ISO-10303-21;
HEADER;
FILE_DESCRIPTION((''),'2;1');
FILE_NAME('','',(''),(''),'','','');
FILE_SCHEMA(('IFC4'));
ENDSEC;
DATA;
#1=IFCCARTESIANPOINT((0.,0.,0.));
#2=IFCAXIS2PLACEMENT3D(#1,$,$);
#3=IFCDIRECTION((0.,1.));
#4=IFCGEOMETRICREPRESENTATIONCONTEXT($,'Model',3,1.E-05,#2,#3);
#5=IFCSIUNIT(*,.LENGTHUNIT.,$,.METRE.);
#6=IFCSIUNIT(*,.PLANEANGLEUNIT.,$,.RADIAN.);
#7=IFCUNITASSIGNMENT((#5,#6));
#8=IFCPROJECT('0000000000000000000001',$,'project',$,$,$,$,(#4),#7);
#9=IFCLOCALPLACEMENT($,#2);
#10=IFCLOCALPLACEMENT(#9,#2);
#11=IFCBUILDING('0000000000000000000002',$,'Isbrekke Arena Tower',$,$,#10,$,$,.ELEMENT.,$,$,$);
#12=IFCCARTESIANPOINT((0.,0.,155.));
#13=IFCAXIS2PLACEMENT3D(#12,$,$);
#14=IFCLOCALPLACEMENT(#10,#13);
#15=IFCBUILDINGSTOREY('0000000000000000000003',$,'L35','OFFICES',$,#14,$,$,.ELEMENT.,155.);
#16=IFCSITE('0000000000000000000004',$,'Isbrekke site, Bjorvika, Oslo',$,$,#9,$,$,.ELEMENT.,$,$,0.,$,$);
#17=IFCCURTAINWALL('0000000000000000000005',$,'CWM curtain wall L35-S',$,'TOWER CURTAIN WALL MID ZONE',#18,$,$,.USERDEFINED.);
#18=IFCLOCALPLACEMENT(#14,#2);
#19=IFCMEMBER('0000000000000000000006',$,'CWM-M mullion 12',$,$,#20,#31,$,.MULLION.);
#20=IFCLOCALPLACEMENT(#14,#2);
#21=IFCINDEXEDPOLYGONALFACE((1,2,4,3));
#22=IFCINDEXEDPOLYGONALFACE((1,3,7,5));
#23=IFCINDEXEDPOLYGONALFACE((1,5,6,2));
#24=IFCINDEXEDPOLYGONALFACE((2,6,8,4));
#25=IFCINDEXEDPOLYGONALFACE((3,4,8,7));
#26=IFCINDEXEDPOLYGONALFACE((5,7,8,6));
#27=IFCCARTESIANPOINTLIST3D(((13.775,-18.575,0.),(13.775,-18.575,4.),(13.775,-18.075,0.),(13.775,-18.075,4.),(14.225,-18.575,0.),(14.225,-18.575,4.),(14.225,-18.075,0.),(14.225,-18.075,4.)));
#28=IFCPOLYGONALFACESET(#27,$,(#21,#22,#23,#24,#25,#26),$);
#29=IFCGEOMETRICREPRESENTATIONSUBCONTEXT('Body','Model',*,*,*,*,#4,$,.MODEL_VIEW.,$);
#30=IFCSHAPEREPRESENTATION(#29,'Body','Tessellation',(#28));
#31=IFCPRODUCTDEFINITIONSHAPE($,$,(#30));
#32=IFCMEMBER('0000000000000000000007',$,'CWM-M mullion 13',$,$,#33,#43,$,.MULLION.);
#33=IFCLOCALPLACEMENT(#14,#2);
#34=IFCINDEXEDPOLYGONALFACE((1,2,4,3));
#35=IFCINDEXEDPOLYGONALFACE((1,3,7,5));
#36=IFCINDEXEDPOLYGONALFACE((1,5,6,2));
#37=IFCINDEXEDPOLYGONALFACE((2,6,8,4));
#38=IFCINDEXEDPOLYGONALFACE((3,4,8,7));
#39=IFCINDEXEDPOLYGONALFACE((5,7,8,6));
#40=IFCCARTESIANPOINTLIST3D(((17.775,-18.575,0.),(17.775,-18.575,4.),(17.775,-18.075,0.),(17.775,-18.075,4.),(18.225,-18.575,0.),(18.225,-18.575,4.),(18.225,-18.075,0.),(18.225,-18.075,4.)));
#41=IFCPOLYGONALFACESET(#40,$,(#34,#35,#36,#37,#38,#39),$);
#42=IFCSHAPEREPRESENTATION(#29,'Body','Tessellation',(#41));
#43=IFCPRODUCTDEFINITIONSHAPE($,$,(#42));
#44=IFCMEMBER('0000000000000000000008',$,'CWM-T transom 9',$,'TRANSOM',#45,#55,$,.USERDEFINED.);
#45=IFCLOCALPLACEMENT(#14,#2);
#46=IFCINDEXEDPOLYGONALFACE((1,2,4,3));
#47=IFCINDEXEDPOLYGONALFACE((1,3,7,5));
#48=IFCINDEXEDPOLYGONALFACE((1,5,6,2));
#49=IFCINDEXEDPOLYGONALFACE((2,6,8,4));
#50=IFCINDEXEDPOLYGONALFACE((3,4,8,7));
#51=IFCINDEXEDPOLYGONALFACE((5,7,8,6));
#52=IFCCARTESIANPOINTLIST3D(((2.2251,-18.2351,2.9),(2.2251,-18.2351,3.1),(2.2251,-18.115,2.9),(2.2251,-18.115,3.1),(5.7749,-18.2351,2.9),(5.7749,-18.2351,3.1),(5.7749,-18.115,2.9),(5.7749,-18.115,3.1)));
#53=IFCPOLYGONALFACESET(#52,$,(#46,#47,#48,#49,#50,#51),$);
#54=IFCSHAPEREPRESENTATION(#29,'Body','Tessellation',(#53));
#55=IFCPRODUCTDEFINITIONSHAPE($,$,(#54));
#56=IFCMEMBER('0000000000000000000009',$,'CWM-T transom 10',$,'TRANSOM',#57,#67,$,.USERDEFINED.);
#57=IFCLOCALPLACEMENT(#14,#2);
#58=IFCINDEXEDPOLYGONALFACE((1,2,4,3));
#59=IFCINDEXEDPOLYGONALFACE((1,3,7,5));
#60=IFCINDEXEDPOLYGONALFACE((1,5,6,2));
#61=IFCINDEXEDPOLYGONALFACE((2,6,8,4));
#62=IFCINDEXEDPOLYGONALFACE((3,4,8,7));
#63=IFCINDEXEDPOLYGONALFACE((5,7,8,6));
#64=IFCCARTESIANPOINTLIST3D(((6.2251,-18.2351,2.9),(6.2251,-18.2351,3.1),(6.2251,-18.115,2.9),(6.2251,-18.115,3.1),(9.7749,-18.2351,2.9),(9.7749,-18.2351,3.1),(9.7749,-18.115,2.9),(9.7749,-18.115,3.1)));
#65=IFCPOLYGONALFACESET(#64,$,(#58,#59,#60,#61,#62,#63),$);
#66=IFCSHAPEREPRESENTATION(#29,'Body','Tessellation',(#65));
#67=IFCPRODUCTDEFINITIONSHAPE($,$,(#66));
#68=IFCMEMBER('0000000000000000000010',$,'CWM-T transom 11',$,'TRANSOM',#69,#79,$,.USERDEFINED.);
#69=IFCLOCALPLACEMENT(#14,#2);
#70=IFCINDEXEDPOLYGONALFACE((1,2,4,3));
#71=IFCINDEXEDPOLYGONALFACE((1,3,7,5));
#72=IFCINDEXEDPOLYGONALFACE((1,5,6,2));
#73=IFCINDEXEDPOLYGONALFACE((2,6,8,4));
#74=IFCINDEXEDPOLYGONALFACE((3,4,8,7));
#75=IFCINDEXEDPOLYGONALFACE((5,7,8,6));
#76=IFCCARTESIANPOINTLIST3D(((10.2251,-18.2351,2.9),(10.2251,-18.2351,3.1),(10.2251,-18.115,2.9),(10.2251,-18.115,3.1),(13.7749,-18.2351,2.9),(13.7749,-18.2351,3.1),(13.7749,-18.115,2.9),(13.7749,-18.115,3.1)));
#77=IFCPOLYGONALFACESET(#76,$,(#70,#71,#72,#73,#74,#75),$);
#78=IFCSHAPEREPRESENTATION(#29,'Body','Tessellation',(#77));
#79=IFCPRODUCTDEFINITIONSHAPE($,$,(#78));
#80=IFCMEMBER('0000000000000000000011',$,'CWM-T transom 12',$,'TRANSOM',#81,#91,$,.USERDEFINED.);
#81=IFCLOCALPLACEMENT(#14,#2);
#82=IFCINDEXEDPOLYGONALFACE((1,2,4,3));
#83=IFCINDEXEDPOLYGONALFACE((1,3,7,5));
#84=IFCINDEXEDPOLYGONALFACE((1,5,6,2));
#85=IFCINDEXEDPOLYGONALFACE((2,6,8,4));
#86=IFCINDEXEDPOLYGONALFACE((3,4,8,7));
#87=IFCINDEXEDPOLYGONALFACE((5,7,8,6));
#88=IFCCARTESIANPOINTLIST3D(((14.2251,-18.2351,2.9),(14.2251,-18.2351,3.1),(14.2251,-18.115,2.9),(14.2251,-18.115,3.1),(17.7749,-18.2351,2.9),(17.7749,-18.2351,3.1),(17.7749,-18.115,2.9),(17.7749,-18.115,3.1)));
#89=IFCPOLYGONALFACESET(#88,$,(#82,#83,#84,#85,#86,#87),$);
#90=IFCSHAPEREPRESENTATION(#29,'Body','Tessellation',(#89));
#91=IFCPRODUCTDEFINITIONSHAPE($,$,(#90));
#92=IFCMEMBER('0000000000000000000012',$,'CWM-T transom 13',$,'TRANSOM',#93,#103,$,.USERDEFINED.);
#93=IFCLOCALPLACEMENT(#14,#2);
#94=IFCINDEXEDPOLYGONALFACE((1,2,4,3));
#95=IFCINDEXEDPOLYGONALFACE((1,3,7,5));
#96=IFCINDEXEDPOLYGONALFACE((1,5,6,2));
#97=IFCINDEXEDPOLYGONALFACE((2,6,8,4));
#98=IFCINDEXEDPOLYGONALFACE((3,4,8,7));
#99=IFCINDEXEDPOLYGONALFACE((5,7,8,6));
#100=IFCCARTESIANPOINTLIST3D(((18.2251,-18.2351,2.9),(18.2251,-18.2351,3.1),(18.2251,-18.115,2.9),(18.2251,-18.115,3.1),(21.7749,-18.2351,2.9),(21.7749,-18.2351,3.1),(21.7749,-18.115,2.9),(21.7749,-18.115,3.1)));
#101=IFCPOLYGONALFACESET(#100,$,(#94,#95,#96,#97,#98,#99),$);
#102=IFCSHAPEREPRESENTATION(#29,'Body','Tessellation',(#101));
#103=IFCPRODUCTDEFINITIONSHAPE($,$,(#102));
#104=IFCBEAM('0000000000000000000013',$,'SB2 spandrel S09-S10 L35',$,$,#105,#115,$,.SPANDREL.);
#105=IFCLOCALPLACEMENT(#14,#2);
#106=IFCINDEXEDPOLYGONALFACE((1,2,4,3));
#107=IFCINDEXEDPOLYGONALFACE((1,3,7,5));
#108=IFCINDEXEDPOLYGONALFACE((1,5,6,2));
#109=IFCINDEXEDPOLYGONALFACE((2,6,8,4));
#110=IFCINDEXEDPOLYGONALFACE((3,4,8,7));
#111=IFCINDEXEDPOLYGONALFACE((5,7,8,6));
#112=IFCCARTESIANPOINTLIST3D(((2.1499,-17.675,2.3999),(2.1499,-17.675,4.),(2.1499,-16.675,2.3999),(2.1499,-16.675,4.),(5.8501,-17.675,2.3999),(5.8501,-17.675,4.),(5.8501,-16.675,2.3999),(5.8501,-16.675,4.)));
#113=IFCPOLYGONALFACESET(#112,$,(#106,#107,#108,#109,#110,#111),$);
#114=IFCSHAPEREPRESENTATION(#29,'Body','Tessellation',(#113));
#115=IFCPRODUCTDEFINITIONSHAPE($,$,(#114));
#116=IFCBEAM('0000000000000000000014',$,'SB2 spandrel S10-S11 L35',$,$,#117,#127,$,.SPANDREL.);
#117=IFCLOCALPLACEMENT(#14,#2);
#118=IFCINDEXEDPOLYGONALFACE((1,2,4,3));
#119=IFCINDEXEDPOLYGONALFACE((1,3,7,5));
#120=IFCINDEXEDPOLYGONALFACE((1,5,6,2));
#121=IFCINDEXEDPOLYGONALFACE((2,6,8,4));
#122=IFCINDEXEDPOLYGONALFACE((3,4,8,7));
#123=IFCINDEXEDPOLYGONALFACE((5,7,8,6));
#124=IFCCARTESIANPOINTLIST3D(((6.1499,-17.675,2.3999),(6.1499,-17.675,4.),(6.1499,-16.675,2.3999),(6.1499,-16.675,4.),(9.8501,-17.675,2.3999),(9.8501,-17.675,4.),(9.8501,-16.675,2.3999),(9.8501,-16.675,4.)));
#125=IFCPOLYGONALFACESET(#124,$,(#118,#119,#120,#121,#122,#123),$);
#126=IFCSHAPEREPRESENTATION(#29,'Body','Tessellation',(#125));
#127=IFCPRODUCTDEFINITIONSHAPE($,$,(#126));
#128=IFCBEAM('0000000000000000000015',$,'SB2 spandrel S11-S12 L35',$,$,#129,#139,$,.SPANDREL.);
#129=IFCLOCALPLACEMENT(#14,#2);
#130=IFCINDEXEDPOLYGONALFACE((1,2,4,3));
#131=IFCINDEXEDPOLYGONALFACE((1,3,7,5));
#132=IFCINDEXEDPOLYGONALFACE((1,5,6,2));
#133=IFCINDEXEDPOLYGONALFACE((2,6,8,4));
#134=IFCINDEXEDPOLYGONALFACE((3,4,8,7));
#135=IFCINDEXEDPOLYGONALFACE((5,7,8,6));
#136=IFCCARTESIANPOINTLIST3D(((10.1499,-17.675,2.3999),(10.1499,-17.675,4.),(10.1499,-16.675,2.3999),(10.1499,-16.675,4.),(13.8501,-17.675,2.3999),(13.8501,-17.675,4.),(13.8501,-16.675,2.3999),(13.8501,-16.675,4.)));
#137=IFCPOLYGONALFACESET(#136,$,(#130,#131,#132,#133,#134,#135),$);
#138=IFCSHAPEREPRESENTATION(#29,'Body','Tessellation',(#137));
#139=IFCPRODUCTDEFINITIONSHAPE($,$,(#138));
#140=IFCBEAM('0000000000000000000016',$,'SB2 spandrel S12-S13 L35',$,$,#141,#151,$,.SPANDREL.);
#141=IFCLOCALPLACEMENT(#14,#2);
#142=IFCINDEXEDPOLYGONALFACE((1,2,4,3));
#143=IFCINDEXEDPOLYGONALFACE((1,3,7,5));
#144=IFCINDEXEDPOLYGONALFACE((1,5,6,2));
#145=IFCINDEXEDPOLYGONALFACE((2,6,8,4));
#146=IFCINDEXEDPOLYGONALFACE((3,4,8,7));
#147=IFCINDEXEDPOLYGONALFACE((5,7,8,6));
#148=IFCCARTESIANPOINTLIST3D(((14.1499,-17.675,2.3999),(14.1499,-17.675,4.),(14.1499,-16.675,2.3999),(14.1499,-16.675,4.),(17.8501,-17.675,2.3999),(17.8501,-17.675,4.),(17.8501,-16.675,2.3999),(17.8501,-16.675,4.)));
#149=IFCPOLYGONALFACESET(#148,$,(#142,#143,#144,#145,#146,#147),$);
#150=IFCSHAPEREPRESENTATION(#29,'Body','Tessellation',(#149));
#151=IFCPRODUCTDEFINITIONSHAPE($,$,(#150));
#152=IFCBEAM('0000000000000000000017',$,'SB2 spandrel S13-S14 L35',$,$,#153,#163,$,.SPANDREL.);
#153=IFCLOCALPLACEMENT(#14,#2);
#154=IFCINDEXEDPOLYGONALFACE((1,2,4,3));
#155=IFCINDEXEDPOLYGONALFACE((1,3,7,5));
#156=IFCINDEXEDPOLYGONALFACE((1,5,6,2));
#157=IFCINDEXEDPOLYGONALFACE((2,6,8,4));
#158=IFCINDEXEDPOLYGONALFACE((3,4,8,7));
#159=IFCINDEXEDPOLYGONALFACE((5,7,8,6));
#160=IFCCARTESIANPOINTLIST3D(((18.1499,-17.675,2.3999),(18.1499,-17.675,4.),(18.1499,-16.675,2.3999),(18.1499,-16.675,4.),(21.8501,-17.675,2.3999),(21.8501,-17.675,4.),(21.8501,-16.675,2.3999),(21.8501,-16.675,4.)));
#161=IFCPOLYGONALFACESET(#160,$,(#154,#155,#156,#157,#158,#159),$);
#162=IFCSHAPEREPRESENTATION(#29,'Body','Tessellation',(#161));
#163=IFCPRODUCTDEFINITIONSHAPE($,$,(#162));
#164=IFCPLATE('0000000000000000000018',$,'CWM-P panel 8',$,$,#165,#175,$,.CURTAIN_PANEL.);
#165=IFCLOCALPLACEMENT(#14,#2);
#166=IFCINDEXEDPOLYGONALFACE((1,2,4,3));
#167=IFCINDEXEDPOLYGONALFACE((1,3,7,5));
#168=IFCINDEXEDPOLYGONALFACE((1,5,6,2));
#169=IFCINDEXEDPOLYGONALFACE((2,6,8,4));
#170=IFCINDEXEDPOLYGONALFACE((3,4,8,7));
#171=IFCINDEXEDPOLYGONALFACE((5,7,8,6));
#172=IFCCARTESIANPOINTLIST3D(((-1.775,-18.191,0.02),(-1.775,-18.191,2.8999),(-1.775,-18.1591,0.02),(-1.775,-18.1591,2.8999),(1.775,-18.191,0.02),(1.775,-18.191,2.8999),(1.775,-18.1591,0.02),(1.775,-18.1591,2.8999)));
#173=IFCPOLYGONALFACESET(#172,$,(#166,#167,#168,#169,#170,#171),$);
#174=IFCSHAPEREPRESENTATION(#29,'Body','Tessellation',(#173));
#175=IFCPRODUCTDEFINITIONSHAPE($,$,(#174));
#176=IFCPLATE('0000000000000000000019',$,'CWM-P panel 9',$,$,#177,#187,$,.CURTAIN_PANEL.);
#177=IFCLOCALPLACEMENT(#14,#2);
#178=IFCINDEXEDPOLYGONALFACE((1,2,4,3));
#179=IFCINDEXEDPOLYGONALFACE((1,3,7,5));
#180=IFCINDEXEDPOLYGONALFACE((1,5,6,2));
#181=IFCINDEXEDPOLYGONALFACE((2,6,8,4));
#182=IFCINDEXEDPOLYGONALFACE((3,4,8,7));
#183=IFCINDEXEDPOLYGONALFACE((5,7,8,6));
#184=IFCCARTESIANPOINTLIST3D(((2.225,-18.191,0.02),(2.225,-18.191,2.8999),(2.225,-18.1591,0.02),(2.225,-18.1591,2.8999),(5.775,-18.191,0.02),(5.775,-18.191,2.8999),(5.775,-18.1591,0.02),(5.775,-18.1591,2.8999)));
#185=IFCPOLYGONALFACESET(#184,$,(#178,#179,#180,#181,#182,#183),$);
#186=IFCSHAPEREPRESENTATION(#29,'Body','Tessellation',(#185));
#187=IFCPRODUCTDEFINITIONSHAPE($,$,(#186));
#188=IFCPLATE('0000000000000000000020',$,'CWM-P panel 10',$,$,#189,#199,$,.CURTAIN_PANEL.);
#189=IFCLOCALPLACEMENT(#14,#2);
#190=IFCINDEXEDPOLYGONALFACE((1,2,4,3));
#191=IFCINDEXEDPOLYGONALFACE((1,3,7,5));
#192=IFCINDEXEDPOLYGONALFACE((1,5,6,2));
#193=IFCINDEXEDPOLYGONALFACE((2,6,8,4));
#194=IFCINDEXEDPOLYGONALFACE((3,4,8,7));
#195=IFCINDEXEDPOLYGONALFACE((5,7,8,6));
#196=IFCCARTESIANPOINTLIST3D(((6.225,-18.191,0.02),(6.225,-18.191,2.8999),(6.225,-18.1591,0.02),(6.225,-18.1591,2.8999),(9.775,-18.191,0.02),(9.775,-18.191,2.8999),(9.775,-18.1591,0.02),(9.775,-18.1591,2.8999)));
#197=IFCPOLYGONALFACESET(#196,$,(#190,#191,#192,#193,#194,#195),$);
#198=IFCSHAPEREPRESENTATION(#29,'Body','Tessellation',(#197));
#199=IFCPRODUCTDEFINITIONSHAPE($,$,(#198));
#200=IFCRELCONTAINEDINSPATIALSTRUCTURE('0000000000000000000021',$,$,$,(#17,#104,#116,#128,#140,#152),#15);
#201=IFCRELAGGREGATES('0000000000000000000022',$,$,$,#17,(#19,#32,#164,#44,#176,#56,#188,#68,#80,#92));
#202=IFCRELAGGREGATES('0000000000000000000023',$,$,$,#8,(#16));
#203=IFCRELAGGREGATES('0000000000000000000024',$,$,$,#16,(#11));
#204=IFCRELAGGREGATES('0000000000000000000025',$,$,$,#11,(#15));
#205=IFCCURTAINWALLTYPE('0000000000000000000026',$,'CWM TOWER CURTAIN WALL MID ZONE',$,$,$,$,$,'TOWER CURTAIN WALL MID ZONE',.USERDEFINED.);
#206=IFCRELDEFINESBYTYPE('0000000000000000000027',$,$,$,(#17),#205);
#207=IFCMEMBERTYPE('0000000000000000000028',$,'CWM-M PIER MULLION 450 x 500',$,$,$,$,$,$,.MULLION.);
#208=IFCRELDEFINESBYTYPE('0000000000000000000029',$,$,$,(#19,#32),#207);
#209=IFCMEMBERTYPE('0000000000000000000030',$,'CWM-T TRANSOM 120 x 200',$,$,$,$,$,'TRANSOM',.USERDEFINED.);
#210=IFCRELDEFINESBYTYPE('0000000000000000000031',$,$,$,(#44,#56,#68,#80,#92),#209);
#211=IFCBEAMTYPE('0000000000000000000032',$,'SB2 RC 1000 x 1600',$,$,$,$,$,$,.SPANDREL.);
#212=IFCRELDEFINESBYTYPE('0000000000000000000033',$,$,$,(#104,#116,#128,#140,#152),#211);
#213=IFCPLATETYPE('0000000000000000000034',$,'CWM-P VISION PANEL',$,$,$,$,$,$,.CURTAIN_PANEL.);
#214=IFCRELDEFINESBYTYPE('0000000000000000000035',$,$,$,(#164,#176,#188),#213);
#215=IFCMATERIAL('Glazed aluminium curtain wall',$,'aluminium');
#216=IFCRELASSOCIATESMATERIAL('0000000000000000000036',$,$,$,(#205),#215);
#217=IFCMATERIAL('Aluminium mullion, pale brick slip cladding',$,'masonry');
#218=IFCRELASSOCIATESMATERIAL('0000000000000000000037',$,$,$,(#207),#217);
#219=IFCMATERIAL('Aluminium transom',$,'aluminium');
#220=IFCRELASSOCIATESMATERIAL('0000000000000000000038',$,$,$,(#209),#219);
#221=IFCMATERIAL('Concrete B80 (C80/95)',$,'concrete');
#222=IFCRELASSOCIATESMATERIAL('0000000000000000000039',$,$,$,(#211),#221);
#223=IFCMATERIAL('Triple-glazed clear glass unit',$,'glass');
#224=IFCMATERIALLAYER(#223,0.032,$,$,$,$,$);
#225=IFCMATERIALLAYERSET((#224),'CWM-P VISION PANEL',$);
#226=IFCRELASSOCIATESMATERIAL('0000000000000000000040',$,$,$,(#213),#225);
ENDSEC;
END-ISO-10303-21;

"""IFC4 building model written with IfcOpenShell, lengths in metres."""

from ifc_helpers import new_model, si_unit, direction, frame, origin, origin_2d, place, context, subcontext, project, spatial, rectangle, extrude, material, layer, layer_set, material_profile, profile_set, type_object, element, aggregate, save


model = new_model("IFC4")

# Units and contexts
model_context = context("Model", 3, precision=1e-05, world=origin(), true_north=direction((0.0, 1.0)))
body_context = subcontext(model_context, "Body", "Model", "MODEL_VIEW")
ifc_project = project(units=[si_unit("LENGTHUNIT", "METRE"), si_unit("PLANEANGLEUNIT", "RADIAN")], contexts=[model_context])

# Site, building, storey
site_placement = place(None, origin())
site = spatial("IfcSite", under=ifc_project, at=site_placement, Name="Isbrekke site, Bjorvika, Oslo", CompositionType="ELEMENT", RefElevation=0.0)
building_placement = place(site_placement, origin())
building = spatial("IfcBuilding", under=site, at=building_placement, Name="Isbrekke Arena Tower", CompositionType="ELEMENT")
storey_placement = place(building_placement, frame((0.0, 0.0, 155.0)))
storey = spatial("IfcBuildingStorey", under=building, at=storey_placement, Name="L35", Description="OFFICES", CompositionType="ELEMENT", Elevation=155.0)

# Curtain wall, members
ifc_material_1 = material(Name="Glazed aluminium curtain wall", Category="aluminium")
curtain_wall_type = type_object("IfcCurtainWallType", Name="CWM TOWER CURTAIN WALL MID ZONE", ElementType="TOWER CURTAIN WALL MID ZONE", PredefinedType="USERDEFINED", material=ifc_material_1)
curtain_wall_placement = place(storey_placement, origin())
curtain_wall = element("IfcCurtainWall", 1, at=curtain_wall_placement, inside=storey, type_object=curtain_wall_type, Name="CWM curtain wall L35-S", ObjectType="TOWER CURTAIN WALL MID ZONE", PredefinedType="USERDEFINED")
ifc_material_2 = material(Name="Aluminium mullion, pale brick slip cladding", Category="masonry")
ifc_material_profile_1 = material_profile(ifc_material_2, rectangle(XDim=0.45, YDim=0.5, at=origin_2d()), Name="PIER 450X500")
ifc_profile_set_1 = profile_set([ifc_material_profile_1], Name="Aluminium mullion, pale brick slip cladding")
member_type_1 = type_object("IfcMemberType", Name="CWM-M PIER MULLION 450 x 500", PredefinedType="MULLION", material=ifc_profile_set_1)
member_1_placement = place(storey_placement, frame((14.0, -18.325, 0.0), z_axis=(0.0, 0.0, 1.0), x_axis=(1.0, 0.0, 0.0)))
member_1 = element("IfcMember", 2, at=member_1_placement, type_object=member_type_1, Name="CWM-M mullion 12", PredefinedType="MULLION", context=body_context, shape_type="SweptSolid", body=[
    extrude(rectangle(XDim=0.45, YDim=0.5, at=origin_2d()), origin(), (0.0, 0.0, 1.0), 4.0),
])
member_2_placement = place(storey_placement, frame((18.0, -18.325, 0.0), z_axis=(0.0, 0.0, 1.0), x_axis=(1.0, 0.0, 0.0)))
member_2 = element("IfcMember", 3, at=member_2_placement, type_object=member_type_1, Name="CWM-M mullion 13", PredefinedType="MULLION", context=body_context, shape_type="SweptSolid", body=[
    extrude(rectangle(XDim=0.45, YDim=0.5, at=origin_2d()), origin(), (0.0, 0.0, 1.0), 4.0),
])
ifc_material_3 = material(Name="Aluminium transom", Category="aluminium")
ifc_material_profile_2 = material_profile(ifc_material_3, rectangle(XDim=0.1201, YDim=0.2, at=origin_2d()), Name="TRANSOM 120X200")
ifc_profile_set_2 = profile_set([ifc_material_profile_2], Name="Aluminium transom")
member_type_2 = type_object("IfcMemberType", Name="CWM-T TRANSOM 120 x 200", ElementType="TRANSOM", PredefinedType="USERDEFINED", material=ifc_profile_set_2)
member_3_placement = place(storey_placement, frame((2.2251, -18.175, 3.0), z_axis=(1.0, 0.0, 0.0), x_axis=(0.0, 1.0, 0.0)))
member_3 = element("IfcMember", 4, at=member_3_placement, type_object=member_type_2, Name="CWM-T transom 9", ObjectType="TRANSOM", PredefinedType="USERDEFINED", context=body_context, shape_type="SweptSolid", body=[
    extrude(rectangle(XDim=0.1201, YDim=0.2, at=origin_2d()), origin(), (0.0, 0.0, 1.0), 3.5498),
])
member_4_placement = place(storey_placement, frame((6.2251, -18.175, 3.0), z_axis=(1.0, 0.0, 0.0), x_axis=(0.0, 1.0, 0.0)))
member_4 = element("IfcMember", 5, at=member_4_placement, type_object=member_type_2, Name="CWM-T transom 10", ObjectType="TRANSOM", PredefinedType="USERDEFINED", context=body_context, shape_type="SweptSolid", body=[
    extrude(rectangle(XDim=0.1201, YDim=0.2, at=origin_2d()), origin(), (0.0, 0.0, 1.0), 3.5498),
])
member_5_placement = place(storey_placement, frame((10.2251, -18.175, 3.0), z_axis=(1.0, 0.0, 0.0), x_axis=(0.0, 1.0, 0.0)))
member_5 = element("IfcMember", 6, at=member_5_placement, type_object=member_type_2, Name="CWM-T transom 11", ObjectType="TRANSOM", PredefinedType="USERDEFINED", context=body_context, shape_type="SweptSolid", body=[
    extrude(rectangle(XDim=0.1201, YDim=0.2, at=origin_2d()), origin(), (0.0, 0.0, 1.0), 3.5498),
])
member_6_placement = place(storey_placement, frame((14.2251, -18.175, 3.0), z_axis=(1.0, 0.0, 0.0), x_axis=(0.0, 1.0, 0.0)))
member_6 = element("IfcMember", 7, at=member_6_placement, type_object=member_type_2, Name="CWM-T transom 12", ObjectType="TRANSOM", PredefinedType="USERDEFINED", context=body_context, shape_type="SweptSolid", body=[
    extrude(rectangle(XDim=0.1201, YDim=0.2, at=origin_2d()), origin(), (0.0, 0.0, 1.0), 3.5498),
])
member_7_placement = place(storey_placement, frame((18.2251, -18.175, 3.0), z_axis=(1.0, 0.0, 0.0), x_axis=(0.0, 1.0, 0.0)))
member_7 = element("IfcMember", 8, at=member_7_placement, type_object=member_type_2, Name="CWM-T transom 13", ObjectType="TRANSOM", PredefinedType="USERDEFINED", context=body_context, shape_type="SweptSolid", body=[
    extrude(rectangle(XDim=0.1201, YDim=0.2, at=origin_2d()), origin(), (0.0, 0.0, 1.0), 3.5498),
])

# Beams
ifc_material_4 = material(Name="Concrete B80 (C80/95)", Category="concrete")
ifc_material_profile_3 = material_profile(ifc_material_4, rectangle(XDim=1.0, YDim=1.6001, at=origin_2d()), Name="RC 1000x1600")
ifc_profile_set_3 = profile_set([ifc_material_profile_3], Name="Concrete B80 (C80/95)")
beam_type_1 = type_object("IfcBeamType", Name="SB2 RC 1000 x 1600", PredefinedType="SPANDREL", material=ifc_profile_set_3)
for number, where, z_axis, x_axis, name in (
    (9, (2.1499, -17.175, 3.2), (1.0, 0.0, 0.0), (0.0, 1.0, 0.0), "SB2 spandrel S09-S10 L35"),
    (10, (6.1499, -17.175, 3.2), (1.0, 0.0, 0.0), (0.0, 1.0, 0.0), "SB2 spandrel S10-S11 L35"),
    (11, (10.1499, -17.175, 3.2), (1.0, 0.0, 0.0), (0.0, 1.0, 0.0), "SB2 spandrel S11-S12 L35"),
    (12, (14.1499, -17.175, 3.2), (1.0, 0.0, 0.0), (0.0, 1.0, 0.0), "SB2 spandrel S12-S13 L35"),
    (13, (18.1499, -17.175, 3.2), (1.0, 0.0, 0.0), (0.0, 1.0, 0.0), "SB2 spandrel S13-S14 L35"),
):
    element("IfcBeam", number, at=place(storey_placement, frame(where, z_axis=z_axis, x_axis=x_axis)), inside=storey, type_object=beam_type_1, Name=name, PredefinedType="SPANDREL", context=body_context, shape_type="SweptSolid", body=[
        extrude(rectangle(XDim=1.0, YDim=1.6001, at=origin_2d()), origin(), (0.0, 0.0, 1.0), 3.7002),
    ])

# Plates
ifc_material_5 = material(Name="Triple-glazed clear glass unit", Category="glass")
ifc_layer = layer(ifc_material_5, 0.032)
ifc_layer_set = layer_set([ifc_layer], Name="CWM-P VISION PANEL")
plate_type = type_object("IfcPlateType", Name="CWM-P VISION PANEL", PredefinedType="CURTAIN_PANEL", material=ifc_layer_set)
plate_1_placement = place(storey_placement, frame((0.0, -18.175, 0.02), z_axis=(0.0, 0.0, 1.0), x_axis=(1.0, 0.0, 0.0)))
plate_1 = element("IfcPlate", 14, at=plate_1_placement, type_object=plate_type, Name="CWM-P panel 8", PredefinedType="CURTAIN_PANEL", context=body_context, shape_type="SweptSolid", body=[
    extrude(rectangle(XDim=3.55, YDim=0.032, at=origin_2d()), origin(), (0.0, 0.0, 1.0), 2.8799),
])
plate_2_placement = place(storey_placement, frame((4.0, -18.175, 0.02), z_axis=(0.0, 0.0, 1.0), x_axis=(1.0, 0.0, 0.0)))
plate_2 = element("IfcPlate", 15, at=plate_2_placement, type_object=plate_type, Name="CWM-P panel 9", PredefinedType="CURTAIN_PANEL", context=body_context, shape_type="SweptSolid", body=[
    extrude(rectangle(XDim=3.55, YDim=0.032, at=origin_2d()), origin(), (0.0, 0.0, 1.0), 2.8799),
])
plate_3_placement = place(storey_placement, frame((8.0, -18.175, 0.02), z_axis=(0.0, 0.0, 1.0), x_axis=(1.0, 0.0, 0.0)))
plate_3 = element("IfcPlate", 16, at=plate_3_placement, type_object=plate_type, Name="CWM-P panel 10", PredefinedType="CURTAIN_PANEL", context=body_context, shape_type="SweptSolid", body=[
    extrude(rectangle(XDim=3.55, YDim=0.032, at=origin_2d()), origin(), (0.0, 0.0, 1.0), 2.8799),
])
aggregate(curtain_wall, [member_1, member_2, plate_1, member_3, plate_2, member_4, plate_3, member_5, member_6, member_7])

save(model, "model.ifc")
